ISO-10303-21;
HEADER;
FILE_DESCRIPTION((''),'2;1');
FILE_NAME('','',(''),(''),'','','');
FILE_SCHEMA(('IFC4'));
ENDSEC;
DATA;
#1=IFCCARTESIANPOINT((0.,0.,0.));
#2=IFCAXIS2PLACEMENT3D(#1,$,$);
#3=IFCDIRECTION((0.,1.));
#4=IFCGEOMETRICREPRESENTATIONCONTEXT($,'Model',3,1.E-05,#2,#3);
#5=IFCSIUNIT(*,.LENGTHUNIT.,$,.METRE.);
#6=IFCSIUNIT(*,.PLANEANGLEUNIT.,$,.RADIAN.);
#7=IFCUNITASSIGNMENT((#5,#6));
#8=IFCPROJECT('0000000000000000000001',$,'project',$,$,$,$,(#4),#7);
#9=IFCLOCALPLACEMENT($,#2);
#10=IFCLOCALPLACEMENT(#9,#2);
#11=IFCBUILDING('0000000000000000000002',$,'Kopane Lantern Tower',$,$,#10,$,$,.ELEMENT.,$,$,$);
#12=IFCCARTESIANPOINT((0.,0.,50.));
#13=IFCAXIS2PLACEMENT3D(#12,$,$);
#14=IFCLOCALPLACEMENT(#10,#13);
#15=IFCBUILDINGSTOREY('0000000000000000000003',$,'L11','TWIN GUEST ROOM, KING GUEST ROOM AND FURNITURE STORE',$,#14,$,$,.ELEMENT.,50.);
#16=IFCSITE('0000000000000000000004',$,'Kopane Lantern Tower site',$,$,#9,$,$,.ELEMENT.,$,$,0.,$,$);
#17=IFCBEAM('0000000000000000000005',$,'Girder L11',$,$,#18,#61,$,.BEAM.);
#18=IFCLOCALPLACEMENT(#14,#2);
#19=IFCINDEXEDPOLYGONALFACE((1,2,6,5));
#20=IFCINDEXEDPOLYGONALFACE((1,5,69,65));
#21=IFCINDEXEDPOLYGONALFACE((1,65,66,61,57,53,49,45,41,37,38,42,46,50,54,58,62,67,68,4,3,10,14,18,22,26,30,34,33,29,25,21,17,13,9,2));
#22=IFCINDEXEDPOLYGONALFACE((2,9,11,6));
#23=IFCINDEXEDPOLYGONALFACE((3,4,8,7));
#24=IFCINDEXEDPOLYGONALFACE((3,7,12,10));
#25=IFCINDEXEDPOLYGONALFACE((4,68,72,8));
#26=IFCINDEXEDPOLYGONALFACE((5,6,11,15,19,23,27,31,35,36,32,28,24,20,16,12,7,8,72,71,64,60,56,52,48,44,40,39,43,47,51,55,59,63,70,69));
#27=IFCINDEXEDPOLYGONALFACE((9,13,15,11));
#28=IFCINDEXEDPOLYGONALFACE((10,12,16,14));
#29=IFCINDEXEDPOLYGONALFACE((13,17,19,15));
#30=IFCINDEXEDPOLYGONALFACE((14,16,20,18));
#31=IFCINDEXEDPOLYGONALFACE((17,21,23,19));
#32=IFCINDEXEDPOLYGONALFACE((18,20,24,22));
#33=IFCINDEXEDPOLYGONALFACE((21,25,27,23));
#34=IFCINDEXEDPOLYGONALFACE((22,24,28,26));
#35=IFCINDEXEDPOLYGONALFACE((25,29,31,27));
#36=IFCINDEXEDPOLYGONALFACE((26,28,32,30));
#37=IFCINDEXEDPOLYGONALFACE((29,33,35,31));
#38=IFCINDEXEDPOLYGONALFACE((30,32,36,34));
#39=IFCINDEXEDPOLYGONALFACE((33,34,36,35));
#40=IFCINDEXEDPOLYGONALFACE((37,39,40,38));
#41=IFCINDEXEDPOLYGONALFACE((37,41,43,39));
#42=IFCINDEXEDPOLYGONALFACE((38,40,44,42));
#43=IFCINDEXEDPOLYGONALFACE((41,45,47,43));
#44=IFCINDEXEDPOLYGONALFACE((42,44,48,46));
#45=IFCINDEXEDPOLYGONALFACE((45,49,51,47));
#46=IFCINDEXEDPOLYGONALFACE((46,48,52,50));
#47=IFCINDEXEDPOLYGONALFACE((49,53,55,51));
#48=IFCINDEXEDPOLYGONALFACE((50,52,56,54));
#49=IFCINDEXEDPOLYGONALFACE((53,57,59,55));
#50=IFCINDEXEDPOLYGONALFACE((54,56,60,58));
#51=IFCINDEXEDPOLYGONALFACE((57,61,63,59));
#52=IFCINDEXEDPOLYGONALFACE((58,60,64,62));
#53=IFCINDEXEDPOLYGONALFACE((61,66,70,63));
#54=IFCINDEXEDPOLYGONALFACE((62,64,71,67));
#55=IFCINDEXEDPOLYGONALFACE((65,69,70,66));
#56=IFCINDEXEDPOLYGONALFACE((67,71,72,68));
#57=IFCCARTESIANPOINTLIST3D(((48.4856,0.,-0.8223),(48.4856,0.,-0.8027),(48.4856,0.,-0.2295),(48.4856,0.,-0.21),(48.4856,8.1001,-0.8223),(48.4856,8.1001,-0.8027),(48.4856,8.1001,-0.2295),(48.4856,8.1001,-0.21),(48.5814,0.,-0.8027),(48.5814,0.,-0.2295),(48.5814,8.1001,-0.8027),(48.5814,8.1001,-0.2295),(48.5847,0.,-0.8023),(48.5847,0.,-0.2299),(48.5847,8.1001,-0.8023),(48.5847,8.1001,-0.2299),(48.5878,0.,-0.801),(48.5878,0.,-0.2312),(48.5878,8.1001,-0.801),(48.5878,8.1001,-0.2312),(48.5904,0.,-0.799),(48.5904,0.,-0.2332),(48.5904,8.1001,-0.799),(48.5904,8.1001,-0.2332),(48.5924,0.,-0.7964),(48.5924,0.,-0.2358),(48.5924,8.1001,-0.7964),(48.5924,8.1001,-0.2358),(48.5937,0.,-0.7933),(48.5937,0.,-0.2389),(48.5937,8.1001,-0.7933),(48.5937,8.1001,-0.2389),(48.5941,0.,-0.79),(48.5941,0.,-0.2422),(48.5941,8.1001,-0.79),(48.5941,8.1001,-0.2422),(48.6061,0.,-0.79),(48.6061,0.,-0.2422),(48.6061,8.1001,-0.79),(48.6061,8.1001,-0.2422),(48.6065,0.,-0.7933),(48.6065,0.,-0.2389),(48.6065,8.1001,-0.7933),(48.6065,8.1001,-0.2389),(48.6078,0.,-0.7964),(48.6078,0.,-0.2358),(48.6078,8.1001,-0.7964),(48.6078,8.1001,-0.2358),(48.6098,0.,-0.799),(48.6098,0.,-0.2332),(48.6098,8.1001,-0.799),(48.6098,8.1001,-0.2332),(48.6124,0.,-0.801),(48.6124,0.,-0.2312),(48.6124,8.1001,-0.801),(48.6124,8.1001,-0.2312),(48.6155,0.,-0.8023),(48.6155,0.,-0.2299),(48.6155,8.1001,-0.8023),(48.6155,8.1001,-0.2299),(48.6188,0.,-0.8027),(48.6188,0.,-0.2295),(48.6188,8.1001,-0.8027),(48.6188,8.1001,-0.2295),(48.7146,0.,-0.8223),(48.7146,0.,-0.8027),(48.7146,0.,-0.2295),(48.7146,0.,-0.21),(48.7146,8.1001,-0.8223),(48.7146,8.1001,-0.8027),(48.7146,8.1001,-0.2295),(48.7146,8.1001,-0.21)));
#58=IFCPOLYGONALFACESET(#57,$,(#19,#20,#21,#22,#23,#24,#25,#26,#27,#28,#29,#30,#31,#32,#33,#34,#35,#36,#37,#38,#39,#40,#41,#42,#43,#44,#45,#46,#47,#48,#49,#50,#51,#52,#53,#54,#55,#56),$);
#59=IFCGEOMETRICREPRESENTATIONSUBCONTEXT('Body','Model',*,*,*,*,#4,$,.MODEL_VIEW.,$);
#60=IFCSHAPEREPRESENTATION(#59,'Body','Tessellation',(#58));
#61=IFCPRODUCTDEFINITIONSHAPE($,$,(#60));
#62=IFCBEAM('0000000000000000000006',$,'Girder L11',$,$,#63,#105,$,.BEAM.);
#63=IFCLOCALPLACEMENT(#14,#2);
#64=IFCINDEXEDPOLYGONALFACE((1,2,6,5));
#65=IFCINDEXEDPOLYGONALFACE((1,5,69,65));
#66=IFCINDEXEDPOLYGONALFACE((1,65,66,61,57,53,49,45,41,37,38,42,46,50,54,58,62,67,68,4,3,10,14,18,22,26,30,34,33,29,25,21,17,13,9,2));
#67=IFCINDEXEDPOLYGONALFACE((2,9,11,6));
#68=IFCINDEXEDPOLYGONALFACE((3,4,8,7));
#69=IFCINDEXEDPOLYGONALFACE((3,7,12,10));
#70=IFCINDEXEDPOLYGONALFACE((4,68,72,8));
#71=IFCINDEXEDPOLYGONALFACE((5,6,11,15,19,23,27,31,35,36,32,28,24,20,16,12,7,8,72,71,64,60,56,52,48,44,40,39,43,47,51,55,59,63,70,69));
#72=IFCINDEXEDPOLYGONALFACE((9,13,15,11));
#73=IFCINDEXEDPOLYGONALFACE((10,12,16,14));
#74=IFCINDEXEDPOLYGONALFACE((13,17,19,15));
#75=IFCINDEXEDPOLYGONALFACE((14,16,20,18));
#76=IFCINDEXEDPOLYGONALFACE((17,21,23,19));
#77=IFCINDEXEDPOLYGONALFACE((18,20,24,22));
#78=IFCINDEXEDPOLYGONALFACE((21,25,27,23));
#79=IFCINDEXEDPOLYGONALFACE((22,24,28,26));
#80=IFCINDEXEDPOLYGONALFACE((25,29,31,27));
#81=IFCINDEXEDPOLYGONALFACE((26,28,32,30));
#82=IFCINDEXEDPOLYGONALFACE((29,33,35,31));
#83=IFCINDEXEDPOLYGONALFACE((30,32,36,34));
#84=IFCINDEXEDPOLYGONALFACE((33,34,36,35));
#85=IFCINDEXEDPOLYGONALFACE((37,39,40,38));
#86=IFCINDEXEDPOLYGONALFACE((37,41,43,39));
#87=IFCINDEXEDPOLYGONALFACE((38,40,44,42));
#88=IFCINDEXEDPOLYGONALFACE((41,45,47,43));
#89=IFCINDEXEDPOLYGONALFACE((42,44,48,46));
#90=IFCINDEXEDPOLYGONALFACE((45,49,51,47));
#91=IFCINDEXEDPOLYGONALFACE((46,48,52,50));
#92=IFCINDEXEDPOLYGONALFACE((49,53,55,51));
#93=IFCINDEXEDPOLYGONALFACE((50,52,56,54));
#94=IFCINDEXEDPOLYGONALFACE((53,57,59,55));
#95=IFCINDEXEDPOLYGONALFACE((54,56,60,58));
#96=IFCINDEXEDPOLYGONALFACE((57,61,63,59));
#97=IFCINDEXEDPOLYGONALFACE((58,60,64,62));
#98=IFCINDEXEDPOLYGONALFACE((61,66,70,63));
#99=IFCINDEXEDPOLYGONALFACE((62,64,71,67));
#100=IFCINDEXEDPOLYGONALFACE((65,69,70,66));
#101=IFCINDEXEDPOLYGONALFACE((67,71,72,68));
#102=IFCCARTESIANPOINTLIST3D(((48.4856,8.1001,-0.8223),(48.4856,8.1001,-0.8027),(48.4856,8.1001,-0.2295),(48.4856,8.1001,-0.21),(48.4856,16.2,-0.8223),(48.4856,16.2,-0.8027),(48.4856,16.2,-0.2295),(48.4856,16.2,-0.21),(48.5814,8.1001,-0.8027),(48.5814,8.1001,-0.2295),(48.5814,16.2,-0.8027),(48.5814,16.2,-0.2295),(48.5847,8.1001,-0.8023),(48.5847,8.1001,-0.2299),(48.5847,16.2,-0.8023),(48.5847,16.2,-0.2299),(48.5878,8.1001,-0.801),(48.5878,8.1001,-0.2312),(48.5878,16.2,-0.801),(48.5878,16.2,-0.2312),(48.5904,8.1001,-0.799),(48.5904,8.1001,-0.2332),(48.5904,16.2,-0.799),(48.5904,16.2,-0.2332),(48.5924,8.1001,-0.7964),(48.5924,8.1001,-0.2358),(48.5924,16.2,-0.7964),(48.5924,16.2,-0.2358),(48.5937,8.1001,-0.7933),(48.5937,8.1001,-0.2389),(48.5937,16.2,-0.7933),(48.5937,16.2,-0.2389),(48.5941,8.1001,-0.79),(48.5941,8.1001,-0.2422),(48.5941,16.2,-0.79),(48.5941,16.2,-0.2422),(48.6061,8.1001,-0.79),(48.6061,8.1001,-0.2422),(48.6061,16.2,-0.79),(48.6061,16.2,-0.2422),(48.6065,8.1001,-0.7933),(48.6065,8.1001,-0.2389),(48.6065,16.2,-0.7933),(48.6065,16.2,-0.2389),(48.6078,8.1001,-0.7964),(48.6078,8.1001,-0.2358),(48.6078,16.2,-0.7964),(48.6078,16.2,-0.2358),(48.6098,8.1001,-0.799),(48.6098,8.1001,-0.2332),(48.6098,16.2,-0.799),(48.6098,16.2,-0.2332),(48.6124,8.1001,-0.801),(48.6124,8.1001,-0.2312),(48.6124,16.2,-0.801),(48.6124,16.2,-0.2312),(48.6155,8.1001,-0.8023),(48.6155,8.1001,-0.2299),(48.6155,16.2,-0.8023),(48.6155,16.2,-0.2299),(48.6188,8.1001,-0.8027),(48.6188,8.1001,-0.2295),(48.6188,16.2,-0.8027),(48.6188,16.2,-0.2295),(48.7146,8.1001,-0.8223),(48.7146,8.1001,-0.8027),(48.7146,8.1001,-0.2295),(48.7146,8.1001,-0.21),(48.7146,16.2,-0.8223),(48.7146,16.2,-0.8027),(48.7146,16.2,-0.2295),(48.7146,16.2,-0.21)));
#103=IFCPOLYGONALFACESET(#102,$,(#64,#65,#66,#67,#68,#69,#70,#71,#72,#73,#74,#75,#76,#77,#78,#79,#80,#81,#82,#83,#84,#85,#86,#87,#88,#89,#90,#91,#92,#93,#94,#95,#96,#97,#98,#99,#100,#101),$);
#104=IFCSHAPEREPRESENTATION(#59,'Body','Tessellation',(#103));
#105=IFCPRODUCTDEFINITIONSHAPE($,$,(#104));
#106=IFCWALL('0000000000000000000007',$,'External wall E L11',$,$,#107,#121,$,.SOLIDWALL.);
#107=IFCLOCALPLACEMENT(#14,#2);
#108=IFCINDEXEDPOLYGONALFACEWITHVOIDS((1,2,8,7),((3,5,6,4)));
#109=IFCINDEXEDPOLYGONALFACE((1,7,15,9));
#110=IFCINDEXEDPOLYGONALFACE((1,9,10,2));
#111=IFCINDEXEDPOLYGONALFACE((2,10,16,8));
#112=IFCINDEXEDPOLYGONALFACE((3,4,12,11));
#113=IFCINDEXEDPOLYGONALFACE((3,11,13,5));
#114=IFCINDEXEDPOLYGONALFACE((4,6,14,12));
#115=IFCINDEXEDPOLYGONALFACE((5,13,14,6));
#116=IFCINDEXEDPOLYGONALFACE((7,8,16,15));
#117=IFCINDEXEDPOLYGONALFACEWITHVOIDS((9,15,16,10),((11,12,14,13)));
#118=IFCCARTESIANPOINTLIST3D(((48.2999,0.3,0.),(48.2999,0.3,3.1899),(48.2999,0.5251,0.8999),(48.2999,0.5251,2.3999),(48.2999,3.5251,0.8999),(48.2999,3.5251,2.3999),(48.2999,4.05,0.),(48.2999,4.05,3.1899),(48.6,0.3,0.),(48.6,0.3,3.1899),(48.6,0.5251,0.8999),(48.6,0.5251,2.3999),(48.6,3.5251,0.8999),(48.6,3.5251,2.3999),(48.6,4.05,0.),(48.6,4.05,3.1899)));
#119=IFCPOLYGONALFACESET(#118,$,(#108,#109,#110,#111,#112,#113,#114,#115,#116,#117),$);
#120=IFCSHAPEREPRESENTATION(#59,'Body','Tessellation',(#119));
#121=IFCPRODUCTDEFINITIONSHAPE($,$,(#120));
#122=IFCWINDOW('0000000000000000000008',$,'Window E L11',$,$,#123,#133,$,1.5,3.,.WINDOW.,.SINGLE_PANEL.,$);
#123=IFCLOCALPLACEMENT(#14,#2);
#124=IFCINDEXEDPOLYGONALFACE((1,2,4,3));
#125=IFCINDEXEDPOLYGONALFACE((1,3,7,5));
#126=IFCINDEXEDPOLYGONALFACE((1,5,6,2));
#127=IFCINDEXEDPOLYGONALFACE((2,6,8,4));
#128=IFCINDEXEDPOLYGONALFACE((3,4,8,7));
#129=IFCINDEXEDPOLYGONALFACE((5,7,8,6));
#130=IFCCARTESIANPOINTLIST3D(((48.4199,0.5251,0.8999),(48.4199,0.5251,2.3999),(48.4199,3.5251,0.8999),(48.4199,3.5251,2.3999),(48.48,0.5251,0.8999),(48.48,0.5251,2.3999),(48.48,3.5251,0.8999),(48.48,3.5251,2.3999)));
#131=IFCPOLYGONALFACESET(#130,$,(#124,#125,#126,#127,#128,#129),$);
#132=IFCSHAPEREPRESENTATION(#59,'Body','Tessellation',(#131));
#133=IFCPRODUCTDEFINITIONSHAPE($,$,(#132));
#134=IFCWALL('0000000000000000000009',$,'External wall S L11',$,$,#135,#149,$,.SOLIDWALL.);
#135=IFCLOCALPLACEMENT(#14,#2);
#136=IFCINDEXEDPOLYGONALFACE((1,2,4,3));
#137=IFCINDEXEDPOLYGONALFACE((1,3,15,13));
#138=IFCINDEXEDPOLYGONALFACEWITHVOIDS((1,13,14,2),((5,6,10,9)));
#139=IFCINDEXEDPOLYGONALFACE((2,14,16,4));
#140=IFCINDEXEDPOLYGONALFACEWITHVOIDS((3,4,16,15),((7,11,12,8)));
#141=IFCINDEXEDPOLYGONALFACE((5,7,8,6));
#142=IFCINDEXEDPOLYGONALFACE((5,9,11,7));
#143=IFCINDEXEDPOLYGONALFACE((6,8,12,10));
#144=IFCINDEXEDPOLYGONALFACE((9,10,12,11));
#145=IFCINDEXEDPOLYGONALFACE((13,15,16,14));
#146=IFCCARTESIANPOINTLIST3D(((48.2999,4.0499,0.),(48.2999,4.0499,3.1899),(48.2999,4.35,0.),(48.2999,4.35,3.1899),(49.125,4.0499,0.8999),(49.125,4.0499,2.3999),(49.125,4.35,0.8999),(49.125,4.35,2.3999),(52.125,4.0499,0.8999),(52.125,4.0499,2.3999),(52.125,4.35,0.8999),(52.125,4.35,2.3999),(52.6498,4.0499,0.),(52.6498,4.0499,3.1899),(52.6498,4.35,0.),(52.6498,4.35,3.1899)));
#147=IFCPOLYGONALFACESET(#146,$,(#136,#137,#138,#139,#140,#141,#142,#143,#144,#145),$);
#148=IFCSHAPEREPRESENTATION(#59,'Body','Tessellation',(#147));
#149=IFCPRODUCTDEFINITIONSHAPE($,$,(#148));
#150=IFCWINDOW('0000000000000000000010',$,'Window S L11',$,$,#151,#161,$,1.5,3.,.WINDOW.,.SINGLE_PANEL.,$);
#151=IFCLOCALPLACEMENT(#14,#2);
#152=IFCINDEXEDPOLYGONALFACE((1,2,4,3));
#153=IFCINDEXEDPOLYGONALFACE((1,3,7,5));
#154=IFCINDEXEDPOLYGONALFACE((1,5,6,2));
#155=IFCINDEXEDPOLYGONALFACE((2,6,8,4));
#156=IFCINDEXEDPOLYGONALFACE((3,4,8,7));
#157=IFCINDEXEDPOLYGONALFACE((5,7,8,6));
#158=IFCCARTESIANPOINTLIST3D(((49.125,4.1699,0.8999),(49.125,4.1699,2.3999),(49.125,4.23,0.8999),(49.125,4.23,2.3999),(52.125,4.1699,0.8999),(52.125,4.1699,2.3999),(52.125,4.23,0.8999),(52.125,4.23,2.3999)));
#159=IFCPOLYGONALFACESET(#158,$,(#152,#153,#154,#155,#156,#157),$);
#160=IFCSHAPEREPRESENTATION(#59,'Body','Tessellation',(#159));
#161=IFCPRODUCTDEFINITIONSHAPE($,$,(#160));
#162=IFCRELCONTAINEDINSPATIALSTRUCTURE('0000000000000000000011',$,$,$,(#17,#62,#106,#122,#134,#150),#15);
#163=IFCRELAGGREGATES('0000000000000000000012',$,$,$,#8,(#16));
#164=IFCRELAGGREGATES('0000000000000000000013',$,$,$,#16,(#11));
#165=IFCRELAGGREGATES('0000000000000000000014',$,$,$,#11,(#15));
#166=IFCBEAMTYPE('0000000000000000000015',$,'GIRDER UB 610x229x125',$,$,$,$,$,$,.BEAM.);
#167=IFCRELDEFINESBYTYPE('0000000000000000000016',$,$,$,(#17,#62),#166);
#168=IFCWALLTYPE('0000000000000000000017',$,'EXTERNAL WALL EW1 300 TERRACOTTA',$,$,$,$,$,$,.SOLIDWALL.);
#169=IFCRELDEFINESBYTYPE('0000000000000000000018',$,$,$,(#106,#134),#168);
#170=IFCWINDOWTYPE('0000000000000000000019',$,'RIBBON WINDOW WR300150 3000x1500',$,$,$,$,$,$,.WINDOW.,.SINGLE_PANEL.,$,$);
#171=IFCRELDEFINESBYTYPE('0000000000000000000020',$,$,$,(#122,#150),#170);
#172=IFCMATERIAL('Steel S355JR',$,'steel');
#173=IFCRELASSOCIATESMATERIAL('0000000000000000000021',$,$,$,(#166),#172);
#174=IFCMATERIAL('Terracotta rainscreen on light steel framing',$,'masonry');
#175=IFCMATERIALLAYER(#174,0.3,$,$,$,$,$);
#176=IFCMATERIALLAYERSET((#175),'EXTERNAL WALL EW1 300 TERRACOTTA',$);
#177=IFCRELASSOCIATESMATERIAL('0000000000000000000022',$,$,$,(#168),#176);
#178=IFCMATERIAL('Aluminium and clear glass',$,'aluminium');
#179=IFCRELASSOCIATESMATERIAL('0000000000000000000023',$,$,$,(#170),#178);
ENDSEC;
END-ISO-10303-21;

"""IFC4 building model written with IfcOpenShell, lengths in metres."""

from ifc_helpers import new_model, si_unit, direction, frame, frame_2d, origin, origin_2d, place, context, subcontext, project, spatial, rectangle, i_section, extrude, material, layer, layer_set, material_profile, profile_set, type_object, element, fill, save


model = new_model("IFC4")

# Units and contexts
model_context = context("Model", 3, precision=1e-05, world=origin(), true_north=direction((0.0, 1.0)))
body_context = subcontext(model_context, "Body", "Model", "MODEL_VIEW")
ifc_project = project(units=[si_unit("LENGTHUNIT", "METRE"), si_unit("PLANEANGLEUNIT", "RADIAN")], contexts=[model_context])

# Site, building, storey
site_placement = place(None, origin())
site = spatial("IfcSite", under=ifc_project, at=site_placement, Name="Kopane Lantern Tower site", CompositionType="ELEMENT", RefElevation=0.0)
building_placement = place(site_placement, origin())
building = spatial("IfcBuilding", under=site, at=building_placement, Name="Kopane Lantern Tower", CompositionType="ELEMENT")
storey_placement = place(building_placement, frame((0.0, 0.0, 50.0)))
storey = spatial("IfcBuildingStorey", under=building, at=storey_placement, Name="L11", Description="TWIN GUEST ROOM, KING GUEST ROOM AND FURNITURE STORE", CompositionType="ELEMENT", Elevation=50.0)

# Beams
ifc_material_1 = material(Name="Steel S355JR", Category="steel")
ifc_material_profile_1 = material_profile(ifc_material_1, i_section(OverallWidth=0.229, OverallDepth=0.6123, WebThickness=0.012, FlangeThickness=0.0195, FilletRadius=0.0127, at=origin_2d()), Name="UB 610x229x125")
ifc_profile_set_1 = profile_set([ifc_material_profile_1], Name="Steel S355JR")
beam_type_1 = type_object("IfcBeamType", Name="GIRDER UB 610x229x125", PredefinedType="BEAM", material=ifc_profile_set_1)
beam_1_placement = place(storey_placement, frame((48.6001, 0.0, -0.5161), z_axis=(0.0, 1.0, 0.0), x_axis=(-1.0, 0.0, 0.0)))
element("IfcBeam", 1, at=beam_1_placement, inside=storey, type_object=beam_type_1, Name="Girder L11", PredefinedType="BEAM", context=body_context, shape_type="SweptSolid", body=[
    extrude(i_section(OverallWidth=0.229, OverallDepth=0.6123, WebThickness=0.012, FlangeThickness=0.0195, FilletRadius=0.0127, at=origin_2d()), origin(), (0.0, 0.0, 1.0), 8.1001),
])
beam_2_placement = place(storey_placement, frame((48.6001, 8.1001, -0.5161), z_axis=(0.0, 1.0, 0.0), x_axis=(-1.0, 0.0, 0.0)))
element("IfcBeam", 2, at=beam_2_placement, inside=storey, type_object=beam_type_1, Name="Girder L11", PredefinedType="BEAM", context=body_context, shape_type="SweptSolid", body=[
    extrude(i_section(OverallWidth=0.229, OverallDepth=0.6123, WebThickness=0.012, FlangeThickness=0.0195, FilletRadius=0.0127, at=origin_2d()), origin(), (0.0, 0.0, 1.0), 8.0999),
])

# Walls, openings, windows
ifc_material_2 = material(Name="Terracotta rainscreen on light steel framing", Category="masonry")
ifc_layer = layer(ifc_material_2, 0.3)
ifc_layer_set = layer_set([ifc_layer], Name="EXTERNAL WALL EW1 300 TERRACOTTA")
wall_type = type_object("IfcWallType", Name="EXTERNAL WALL EW1 300 TERRACOTTA", PredefinedType="SOLIDWALL", material=ifc_layer_set)
wall_1_placement = place(storey_placement, frame((48.45, 0.3, 0.0), z_axis=(0.0, 0.0, 1.0), x_axis=(0.0, 1.0, 0.0)))
wall_1 = element("IfcWall", 3, at=wall_1_placement, inside=storey, type_object=wall_type, Name="External wall E L11", PredefinedType="SOLIDWALL", context=body_context, shape_type="SweptSolid", body=[
    extrude(rectangle(XDim=3.75, YDim=0.3, at=frame_2d((1.875, 0.0))), origin(), (0.0, 0.0, 1.0), 3.1899),
])
opening_1_placement = place(wall_1_placement, frame((0.2251, 0.0, 0.8999)))
opening_1 = element("IfcOpeningElement", 4, at=opening_1_placement, cuts=wall_1, PredefinedType="OPENING", context=body_context, shape_type="SweptSolid", body=[
    extrude(rectangle(XDim=3.0, YDim=1.5, at=frame_2d((1.5, 0.75))), frame((0.0, 0.1599, 0.0), z_axis=(0.0, -1.0, 0.0), x_axis=(1.0, 0.0, 0.0)), (0.0, 0.0, 1.0), 0.3201),
])
ifc_material_3 = material(Name="Aluminium and clear glass", Category="aluminium")
window_type = type_object("IfcWindowType", Name="RIBBON WINDOW WR300150 3000x1500", PartitioningType="SINGLE_PANEL", PredefinedType="WINDOW", material=ifc_material_3)
window_1_placement = place(opening_1_placement, origin())
window_1 = element("IfcWindow", 5, at=window_1_placement, inside=storey, type_object=window_type, Name="Window E L11", OverallHeight=1.5, OverallWidth=3.0, PartitioningType="SINGLE_PANEL", PredefinedType="WINDOW", context=body_context, shape_type="SweptSolid", body=[
    extrude(rectangle(XDim=3.0, YDim=1.5, at=frame_2d((1.5, 0.75))), frame((0.0, 0.03, 0.0), z_axis=(0.0, -1.0, 0.0), x_axis=(1.0, 0.0, 0.0)), (0.0, 0.0, 1.0), 0.0601),
])
fill(opening_1, window_1)
wall_2_placement = place(storey_placement, frame((48.3, 4.2, 0.0), z_axis=(0.0, 0.0, 1.0), x_axis=(1.0, 0.0, 0.0)))
wall_2 = element("IfcWall", 6, at=wall_2_placement, inside=storey, type_object=wall_type, Name="External wall S L11", PredefinedType="SOLIDWALL", context=body_context, shape_type="SweptSolid", body=[
    extrude(rectangle(XDim=4.3499, YDim=0.3, at=frame_2d((2.1748, 0.0))), origin(), (0.0, 0.0, 1.0), 3.1899),
])
opening_2_placement = place(wall_2_placement, frame((0.825, 0.0, 0.8999)))
opening_2 = element("IfcOpeningElement", 7, at=opening_2_placement, cuts=wall_2, PredefinedType="OPENING", context=body_context, shape_type="SweptSolid", body=[
    extrude(rectangle(XDim=3.0, YDim=1.5, at=frame_2d((1.5, 0.75))), frame((0.0, 0.1599, 0.0), z_axis=(0.0, -1.0, 0.0), x_axis=(1.0, 0.0, 0.0)), (0.0, 0.0, 1.0), 0.3201),
])
window_2_placement = place(opening_2_placement, origin())
window_2 = element("IfcWindow", 8, at=window_2_placement, inside=storey, type_object=window_type, Name="Window S L11", OverallHeight=1.5, OverallWidth=3.0, PartitioningType="SINGLE_PANEL", PredefinedType="WINDOW", context=body_context, shape_type="SweptSolid", body=[
    extrude(rectangle(XDim=3.0, YDim=1.5, at=frame_2d((1.5, 0.75))), frame((0.0, 0.03, 0.0), z_axis=(0.0, -1.0, 0.0), x_axis=(1.0, 0.0, 0.0)), (0.0, 0.0, 1.0), 0.0601),
])
fill(opening_2, window_2)

save(model, "model.ifc")
